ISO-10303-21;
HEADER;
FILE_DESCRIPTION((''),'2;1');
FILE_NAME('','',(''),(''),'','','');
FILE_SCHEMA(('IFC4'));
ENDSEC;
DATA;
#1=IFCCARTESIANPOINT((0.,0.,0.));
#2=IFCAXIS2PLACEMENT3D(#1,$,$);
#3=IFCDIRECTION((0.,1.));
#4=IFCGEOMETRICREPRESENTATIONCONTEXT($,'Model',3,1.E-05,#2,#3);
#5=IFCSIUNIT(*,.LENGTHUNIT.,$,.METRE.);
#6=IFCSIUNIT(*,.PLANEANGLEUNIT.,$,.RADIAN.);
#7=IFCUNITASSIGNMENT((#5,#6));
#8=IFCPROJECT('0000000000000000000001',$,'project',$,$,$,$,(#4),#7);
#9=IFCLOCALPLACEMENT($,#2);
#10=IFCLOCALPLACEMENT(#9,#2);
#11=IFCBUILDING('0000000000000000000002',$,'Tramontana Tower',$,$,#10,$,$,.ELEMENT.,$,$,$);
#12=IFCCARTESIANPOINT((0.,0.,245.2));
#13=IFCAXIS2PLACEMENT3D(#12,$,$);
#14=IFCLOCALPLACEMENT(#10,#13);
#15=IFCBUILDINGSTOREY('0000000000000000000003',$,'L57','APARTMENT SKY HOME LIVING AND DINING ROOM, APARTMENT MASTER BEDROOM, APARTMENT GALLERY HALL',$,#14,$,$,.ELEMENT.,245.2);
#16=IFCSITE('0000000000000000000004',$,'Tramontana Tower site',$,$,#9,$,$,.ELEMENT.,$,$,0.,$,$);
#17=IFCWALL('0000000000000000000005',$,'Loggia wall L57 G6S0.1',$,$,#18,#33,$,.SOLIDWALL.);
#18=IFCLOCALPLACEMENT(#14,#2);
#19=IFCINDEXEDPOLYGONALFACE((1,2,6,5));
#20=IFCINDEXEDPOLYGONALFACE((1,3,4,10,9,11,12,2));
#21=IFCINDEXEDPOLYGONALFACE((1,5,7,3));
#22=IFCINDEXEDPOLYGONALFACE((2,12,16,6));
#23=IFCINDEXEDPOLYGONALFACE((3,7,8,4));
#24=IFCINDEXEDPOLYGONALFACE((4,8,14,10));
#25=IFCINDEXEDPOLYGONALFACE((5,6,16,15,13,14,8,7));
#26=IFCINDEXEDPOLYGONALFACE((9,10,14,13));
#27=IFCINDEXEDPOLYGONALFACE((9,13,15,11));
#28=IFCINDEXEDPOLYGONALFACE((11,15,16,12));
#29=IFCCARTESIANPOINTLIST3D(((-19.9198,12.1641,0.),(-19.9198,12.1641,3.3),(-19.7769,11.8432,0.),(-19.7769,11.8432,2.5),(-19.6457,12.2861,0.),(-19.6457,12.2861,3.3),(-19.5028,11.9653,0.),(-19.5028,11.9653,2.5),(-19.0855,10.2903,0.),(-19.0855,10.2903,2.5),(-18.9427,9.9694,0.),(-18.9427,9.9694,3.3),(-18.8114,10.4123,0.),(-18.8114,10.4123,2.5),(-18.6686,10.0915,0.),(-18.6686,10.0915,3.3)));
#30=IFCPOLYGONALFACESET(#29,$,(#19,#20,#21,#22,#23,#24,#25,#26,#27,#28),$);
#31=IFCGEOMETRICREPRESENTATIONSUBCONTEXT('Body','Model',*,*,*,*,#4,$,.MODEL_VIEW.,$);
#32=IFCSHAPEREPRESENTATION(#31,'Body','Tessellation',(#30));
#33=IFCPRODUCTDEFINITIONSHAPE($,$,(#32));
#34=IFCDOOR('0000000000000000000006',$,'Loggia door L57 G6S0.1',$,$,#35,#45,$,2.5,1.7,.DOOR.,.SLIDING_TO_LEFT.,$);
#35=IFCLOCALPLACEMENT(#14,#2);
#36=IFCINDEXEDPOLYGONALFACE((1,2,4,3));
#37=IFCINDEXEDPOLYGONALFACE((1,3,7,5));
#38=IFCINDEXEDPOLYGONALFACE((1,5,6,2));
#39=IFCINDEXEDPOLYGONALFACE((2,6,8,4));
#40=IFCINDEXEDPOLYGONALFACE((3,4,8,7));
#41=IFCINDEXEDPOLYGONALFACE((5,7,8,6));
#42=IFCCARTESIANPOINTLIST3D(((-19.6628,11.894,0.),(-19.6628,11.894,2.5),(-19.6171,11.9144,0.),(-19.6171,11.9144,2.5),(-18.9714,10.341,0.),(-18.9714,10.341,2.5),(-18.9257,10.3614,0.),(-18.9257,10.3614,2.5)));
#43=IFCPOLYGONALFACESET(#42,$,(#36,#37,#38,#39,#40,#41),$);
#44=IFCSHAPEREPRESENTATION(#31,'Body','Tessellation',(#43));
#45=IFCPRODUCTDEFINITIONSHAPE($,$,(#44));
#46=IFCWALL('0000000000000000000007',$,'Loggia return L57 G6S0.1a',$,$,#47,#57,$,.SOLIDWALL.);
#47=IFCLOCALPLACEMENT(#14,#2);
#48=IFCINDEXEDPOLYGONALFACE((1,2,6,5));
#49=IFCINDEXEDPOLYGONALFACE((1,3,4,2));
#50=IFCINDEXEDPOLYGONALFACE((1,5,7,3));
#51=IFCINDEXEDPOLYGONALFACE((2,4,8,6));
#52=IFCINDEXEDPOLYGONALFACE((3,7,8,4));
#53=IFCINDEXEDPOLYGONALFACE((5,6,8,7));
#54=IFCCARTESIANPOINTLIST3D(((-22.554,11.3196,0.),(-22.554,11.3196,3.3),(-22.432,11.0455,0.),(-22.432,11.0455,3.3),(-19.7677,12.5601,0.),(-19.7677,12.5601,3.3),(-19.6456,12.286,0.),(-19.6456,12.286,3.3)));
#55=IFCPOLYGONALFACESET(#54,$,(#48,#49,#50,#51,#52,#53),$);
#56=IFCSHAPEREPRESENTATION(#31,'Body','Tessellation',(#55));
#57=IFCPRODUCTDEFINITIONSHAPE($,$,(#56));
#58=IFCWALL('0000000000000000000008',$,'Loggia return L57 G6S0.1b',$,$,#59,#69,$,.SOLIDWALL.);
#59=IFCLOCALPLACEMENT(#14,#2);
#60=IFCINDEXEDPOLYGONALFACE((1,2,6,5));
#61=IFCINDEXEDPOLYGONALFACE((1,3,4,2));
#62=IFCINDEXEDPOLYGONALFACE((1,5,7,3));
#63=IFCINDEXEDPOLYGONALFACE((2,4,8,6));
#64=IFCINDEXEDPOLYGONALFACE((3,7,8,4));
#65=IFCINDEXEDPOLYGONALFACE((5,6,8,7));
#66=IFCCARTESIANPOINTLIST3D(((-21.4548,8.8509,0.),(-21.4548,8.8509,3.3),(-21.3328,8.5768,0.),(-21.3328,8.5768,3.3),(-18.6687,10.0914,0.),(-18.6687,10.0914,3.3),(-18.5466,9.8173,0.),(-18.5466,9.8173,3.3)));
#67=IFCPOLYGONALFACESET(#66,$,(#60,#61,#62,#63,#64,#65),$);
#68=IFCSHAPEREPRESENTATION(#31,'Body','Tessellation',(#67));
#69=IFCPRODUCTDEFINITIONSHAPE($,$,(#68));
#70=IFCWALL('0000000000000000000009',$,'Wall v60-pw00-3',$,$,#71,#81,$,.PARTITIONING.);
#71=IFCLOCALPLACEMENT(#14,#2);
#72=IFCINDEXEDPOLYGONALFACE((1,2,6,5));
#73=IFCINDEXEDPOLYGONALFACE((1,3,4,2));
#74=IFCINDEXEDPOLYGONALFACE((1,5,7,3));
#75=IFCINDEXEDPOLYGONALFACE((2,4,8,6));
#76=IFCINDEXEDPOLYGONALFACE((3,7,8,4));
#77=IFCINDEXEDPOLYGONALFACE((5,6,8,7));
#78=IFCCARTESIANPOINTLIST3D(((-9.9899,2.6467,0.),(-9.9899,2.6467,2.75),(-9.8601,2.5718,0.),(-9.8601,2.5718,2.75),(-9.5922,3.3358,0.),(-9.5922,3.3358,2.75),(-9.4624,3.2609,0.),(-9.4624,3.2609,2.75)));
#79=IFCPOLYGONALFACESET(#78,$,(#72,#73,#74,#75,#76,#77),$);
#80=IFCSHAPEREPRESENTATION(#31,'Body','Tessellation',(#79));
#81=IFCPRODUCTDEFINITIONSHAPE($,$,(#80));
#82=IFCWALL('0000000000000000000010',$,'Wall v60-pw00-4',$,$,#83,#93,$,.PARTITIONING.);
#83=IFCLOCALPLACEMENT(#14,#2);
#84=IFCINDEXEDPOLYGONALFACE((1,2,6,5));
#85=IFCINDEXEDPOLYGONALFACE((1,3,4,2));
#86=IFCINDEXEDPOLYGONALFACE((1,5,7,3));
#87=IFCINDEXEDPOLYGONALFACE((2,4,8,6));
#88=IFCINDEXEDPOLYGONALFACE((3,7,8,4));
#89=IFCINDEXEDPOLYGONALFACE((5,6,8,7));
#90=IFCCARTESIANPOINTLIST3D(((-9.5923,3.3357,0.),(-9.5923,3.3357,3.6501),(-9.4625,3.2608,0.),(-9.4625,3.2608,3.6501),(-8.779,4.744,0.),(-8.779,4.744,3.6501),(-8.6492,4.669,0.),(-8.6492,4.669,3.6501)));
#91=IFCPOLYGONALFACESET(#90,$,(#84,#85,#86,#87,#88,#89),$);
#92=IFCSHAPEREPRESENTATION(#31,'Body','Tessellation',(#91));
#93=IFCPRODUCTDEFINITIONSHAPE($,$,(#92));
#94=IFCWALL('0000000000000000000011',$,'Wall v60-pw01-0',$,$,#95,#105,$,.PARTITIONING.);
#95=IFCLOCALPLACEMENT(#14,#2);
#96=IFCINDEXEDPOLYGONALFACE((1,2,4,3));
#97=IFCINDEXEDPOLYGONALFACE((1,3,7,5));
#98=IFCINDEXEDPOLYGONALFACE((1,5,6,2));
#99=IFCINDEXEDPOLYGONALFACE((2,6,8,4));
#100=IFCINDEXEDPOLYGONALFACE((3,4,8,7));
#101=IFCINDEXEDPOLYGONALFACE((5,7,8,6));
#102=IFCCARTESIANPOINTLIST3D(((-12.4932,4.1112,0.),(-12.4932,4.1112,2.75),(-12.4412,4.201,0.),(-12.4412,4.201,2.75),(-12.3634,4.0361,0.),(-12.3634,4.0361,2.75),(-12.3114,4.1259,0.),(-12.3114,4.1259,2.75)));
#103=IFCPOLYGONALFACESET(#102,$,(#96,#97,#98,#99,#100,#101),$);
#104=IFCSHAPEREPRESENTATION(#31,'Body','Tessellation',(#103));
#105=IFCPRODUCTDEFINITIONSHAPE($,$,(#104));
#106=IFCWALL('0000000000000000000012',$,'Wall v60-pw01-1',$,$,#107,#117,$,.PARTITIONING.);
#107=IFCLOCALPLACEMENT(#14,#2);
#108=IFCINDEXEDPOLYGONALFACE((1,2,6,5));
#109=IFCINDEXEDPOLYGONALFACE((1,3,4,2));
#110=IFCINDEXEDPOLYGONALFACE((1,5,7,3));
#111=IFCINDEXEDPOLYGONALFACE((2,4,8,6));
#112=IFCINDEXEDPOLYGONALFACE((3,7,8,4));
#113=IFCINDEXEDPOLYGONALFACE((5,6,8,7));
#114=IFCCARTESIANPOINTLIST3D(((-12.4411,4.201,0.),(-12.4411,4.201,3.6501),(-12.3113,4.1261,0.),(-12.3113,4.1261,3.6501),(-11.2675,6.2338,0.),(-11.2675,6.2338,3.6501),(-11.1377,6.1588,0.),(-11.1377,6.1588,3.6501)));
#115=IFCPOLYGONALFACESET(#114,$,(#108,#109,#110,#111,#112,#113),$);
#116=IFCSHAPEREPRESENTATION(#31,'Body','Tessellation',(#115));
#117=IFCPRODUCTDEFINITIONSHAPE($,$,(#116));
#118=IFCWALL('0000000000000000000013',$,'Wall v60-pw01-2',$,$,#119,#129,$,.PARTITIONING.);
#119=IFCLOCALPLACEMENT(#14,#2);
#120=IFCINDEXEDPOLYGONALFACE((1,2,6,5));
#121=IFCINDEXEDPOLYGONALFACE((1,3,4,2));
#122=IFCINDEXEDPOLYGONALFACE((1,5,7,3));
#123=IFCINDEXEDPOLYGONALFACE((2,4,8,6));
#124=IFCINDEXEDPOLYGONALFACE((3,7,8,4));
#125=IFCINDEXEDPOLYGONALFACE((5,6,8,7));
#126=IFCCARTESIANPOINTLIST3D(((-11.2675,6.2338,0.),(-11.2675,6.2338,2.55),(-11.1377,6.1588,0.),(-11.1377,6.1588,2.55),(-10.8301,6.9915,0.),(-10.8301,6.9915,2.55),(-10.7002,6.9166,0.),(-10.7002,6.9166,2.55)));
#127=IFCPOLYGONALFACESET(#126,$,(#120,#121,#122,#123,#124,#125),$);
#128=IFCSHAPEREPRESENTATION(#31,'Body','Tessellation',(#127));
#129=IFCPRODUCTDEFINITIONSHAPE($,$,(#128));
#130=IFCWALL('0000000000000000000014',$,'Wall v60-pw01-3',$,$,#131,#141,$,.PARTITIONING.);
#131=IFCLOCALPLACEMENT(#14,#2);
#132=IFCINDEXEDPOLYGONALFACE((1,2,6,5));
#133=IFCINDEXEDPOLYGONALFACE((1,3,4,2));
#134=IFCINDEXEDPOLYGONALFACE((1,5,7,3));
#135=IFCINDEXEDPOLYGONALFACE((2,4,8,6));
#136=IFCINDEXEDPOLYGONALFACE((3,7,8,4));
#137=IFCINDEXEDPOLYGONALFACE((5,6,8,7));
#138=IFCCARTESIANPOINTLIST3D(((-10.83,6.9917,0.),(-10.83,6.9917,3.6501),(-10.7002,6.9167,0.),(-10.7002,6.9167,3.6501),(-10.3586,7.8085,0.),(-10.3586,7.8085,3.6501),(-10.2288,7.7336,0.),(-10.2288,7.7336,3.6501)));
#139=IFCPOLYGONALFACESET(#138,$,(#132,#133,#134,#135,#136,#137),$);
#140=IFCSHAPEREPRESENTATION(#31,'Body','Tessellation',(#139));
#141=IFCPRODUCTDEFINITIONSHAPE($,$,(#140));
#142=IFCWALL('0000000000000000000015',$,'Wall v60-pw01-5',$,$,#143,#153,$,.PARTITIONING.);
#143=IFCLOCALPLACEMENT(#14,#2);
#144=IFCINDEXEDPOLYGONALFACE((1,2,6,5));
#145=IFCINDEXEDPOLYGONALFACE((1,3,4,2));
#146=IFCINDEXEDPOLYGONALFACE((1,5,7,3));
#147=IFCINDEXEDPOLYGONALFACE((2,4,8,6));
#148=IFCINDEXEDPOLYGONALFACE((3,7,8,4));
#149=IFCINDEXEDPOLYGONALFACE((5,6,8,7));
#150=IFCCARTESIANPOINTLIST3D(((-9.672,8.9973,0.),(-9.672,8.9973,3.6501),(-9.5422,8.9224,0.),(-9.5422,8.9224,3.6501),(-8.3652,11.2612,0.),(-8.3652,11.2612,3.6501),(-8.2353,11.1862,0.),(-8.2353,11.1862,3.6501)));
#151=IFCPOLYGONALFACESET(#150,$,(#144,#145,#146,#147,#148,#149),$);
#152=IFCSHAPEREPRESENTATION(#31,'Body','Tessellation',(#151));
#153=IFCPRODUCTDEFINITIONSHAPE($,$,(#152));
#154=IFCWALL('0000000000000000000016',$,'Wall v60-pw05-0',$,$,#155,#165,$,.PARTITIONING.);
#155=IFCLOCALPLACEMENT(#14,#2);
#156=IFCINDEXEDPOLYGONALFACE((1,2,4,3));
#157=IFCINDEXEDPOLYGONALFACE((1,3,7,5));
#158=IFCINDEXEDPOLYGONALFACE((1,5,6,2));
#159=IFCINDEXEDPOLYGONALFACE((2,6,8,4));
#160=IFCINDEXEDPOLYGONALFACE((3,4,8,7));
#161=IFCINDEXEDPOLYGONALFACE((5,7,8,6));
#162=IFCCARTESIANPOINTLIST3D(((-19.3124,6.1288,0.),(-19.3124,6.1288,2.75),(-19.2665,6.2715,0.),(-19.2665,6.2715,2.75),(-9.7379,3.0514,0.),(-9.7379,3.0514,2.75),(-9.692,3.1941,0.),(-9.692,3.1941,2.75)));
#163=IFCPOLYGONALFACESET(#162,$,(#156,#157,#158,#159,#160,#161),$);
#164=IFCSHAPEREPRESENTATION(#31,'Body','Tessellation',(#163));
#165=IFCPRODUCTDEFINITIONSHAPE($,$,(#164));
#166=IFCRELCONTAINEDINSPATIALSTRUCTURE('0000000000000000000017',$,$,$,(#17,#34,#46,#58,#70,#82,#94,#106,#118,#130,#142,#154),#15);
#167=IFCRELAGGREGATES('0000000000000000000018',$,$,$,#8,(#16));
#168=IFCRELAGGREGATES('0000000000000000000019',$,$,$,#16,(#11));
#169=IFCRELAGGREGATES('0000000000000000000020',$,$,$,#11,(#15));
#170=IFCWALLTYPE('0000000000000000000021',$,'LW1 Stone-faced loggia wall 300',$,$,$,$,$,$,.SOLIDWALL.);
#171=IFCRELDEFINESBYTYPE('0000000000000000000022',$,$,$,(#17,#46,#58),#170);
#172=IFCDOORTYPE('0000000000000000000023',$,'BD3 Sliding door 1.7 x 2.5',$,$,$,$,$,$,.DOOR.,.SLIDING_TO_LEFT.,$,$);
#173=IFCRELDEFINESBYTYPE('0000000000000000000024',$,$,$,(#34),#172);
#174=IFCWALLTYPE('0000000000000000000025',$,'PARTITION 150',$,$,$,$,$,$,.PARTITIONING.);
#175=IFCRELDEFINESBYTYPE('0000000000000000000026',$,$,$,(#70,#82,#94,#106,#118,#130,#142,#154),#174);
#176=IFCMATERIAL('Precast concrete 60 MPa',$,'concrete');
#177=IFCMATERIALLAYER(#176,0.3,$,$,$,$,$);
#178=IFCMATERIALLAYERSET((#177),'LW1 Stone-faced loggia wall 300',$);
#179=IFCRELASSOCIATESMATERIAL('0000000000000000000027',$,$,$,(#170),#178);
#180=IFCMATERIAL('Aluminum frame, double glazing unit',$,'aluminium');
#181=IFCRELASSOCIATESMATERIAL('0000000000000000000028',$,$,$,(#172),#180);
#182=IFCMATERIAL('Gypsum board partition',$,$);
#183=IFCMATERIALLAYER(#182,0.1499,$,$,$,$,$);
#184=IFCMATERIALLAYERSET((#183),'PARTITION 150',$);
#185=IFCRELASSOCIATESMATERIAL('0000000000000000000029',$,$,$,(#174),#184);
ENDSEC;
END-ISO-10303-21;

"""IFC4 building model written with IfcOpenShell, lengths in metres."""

from ifc_helpers import new_model, si_unit, direction, frame, frame_2d, origin, place, context, subcontext, project, spatial, rectangle, extrude, material, layer, layer_set, type_object, element, fill, save


model = new_model("IFC4")

# Units and contexts
model_context = context("Model", 3, precision=1e-05, world=origin(), true_north=direction((0.0, 1.0)))
body_context = subcontext(model_context, "Body", "Model", "MODEL_VIEW")
ifc_project = project(units=[si_unit("LENGTHUNIT", "METRE"), si_unit("PLANEANGLEUNIT", "RADIAN")], contexts=[model_context])

# Site, building, storey
site_placement = place(None, origin())
site = spatial("IfcSite", under=ifc_project, at=site_placement, Name="Tramontana Tower site", CompositionType="ELEMENT", RefElevation=0.0)
building_placement = place(site_placement, origin())
building = spatial("IfcBuilding", under=site, at=building_placement, Name="Tramontana Tower", CompositionType="ELEMENT")
storey_placement = place(building_placement, frame((0.0, 0.0, 245.2)))
storey = spatial("IfcBuildingStorey", under=building, at=storey_placement, Name="L57", Description="APARTMENT SKY HOME LIVING AND DINING ROOM, APARTMENT MASTER BEDROOM, APARTMENT GALLERY HALL", CompositionType="ELEMENT", Elevation=245.2)

# Wall, opening, door
ifc_material_1 = material(Name="Precast concrete 60 MPa", Category="concrete")
ifc_layer_1 = layer(ifc_material_1, 0.3)
ifc_layer_set_1 = layer_set([ifc_layer_1], Name="LW1 Stone-faced loggia wall 300")
wall_type_1 = type_object("IfcWallType", Name="LW1 Stone-faced loggia wall 300", PredefinedType="SOLIDWALL", material=ifc_layer_set_1)
wall_1_placement = place(storey_placement, frame((-19.7827, 12.2251, 0.0), z_axis=(0.0, 0.0, 1.0), x_axis=(0.406723, -0.913552, 0.0)))
wall_1 = element("IfcWall", 1, at=wall_1_placement, inside=storey, type_object=wall_type_1, Name="Loggia wall L57 G6S0.1", PredefinedType="SOLIDWALL", context=body_context, shape_type="SweptSolid", body=[
    extrude(rectangle(XDim=2.4023, YDim=0.3, at=frame_2d((1.2012, 0.0))), origin(), (0.0, 0.0, 1.0), 3.3),
])
opening_1_placement = place(wall_1_placement, frame((0.3511, 0.0, 0.0)))
opening_1 = element("IfcOpeningElement", 2, at=opening_1_placement, cuts=wall_1, PredefinedType="OPENING", context=body_context, shape_type="SweptSolid", body=[
    extrude(rectangle(XDim=1.7, YDim=2.5, at=frame_2d((0.8501, 1.25))), frame((0.0, 0.1599, 0.0), z_axis=(0.0, -1.0, 0.0), x_axis=(1.0, 0.0, 0.0)), (0.0, 0.0, 1.0), 0.3201),
])
ifc_material_2 = material(Name="Aluminum frame, double glazing unit", Category="aluminium")
door_type_1 = type_object("IfcDoorType", Name="BD3 Sliding door 1.7 x 2.5", OperationType="SLIDING_TO_LEFT", PredefinedType="DOOR", material=ifc_material_2)
door_1_placement = place(opening_1_placement, origin())
door_1 = element("IfcDoor", 3, at=door_1_placement, inside=storey, type_object=door_type_1, Name="Loggia door L57 G6S0.1", OperationType="SLIDING_TO_LEFT", OverallHeight=2.5, OverallWidth=1.7, PredefinedType="DOOR", context=body_context, shape_type="SweptSolid", body=[
    extrude(rectangle(XDim=1.7, YDim=2.5, at=frame_2d((0.8501, 1.25))), frame((0.0, 0.0249, 0.0), z_axis=(0.0, -1.0, 0.0), x_axis=(1.0, 0.0, 0.0)), (0.0, 0.0, 1.0), 0.05),
])
fill(opening_1, door_1)

# Walls
wall_2_placement = place(storey_placement, frame((-22.4929, 11.1826, 0.0), z_axis=(0.0, 0.0, 1.0), x_axis=(0.913557, 0.40671, 0.0)))
element("IfcWall", 4, at=wall_2_placement, inside=storey, type_object=wall_type_1, Name="Loggia return L57 G6S0.1a", PredefinedType="SOLIDWALL", context=body_context, shape_type="SweptSolid", body=[
    extrude(rectangle(XDim=3.05, YDim=0.3, at=frame_2d((1.5249, 0.0))), origin(), (0.0, 0.0, 1.0), 3.3),
])
wall_3_placement = place(storey_placement, frame((-21.3938, 8.7139, 0.0), z_axis=(0.0, 0.0, 1.0), x_axis=(0.913544, 0.40674, 0.0)))
element("IfcWall", 5, at=wall_3_placement, inside=storey, type_object=wall_type_1, Name="Loggia return L57 G6S0.1b", PredefinedType="SOLIDWALL", context=body_context, shape_type="SweptSolid", body=[
    extrude(rectangle(XDim=3.0498, YDim=0.3, at=frame_2d((1.5249, 0.0))), origin(), (0.0, 0.0, 1.0), 3.3),
])
ifc_material_3 = material(Name="Gypsum board partition")
ifc_layer_2 = layer(ifc_material_3, 0.1499)
ifc_layer_set_2 = layer_set([ifc_layer_2], Name="PARTITION 150")
wall_type_2 = type_object("IfcWallType", Name="PARTITION 150", PredefinedType="PARTITIONING", material=ifc_layer_set_2)
wall_4_placement = place(storey_placement, frame((-9.925, 2.6091, 0.0), z_axis=(0.0, 0.0, 1.0), x_axis=(0.499802, 0.86614, 0.0)))
element("IfcWall", 6, at=wall_4_placement, inside=storey, type_object=wall_type_2, Name="Wall v60-pw00-3", PredefinedType="PARTITIONING", context=body_context, shape_type="SweptSolid", body=[
    extrude(rectangle(XDim=0.7957, YDim=0.1499, at=frame_2d((0.3979, 0.0))), origin(), (0.0, 0.0, 1.0), 2.75),
])
wall_5_placement = place(storey_placement, frame((-9.5273, 3.2983, 0.0), z_axis=(0.0, 0.0, 1.0), x_axis=(0.500095, 0.865971, 0.0)))
element("IfcWall", 7, at=wall_5_placement, inside=storey, type_object=wall_type_2, Name="Wall v60-pw00-4", PredefinedType="PARTITIONING", context=body_context, shape_type="SweptSolid", body=[
    extrude(rectangle(XDim=1.6262, YDim=0.1499, at=frame_2d((0.813, 0.0))), origin(), (0.0, 0.0, 1.0), 3.6501),
])
wall_6_placement = place(storey_placement, frame((-12.4282, 4.0737, 0.0), z_axis=(0.0, 0.0, 1.0), x_axis=(0.500944, 0.86548, 0.0)))
element("IfcWall", 8, at=wall_6_placement, inside=storey, type_object=wall_type_2, Name="Wall v60-pw01-0", PredefinedType="PARTITIONING", context=body_context, shape_type="SweptSolid", body=[
    extrude(rectangle(XDim=0.1038, YDim=0.1499, at=frame_2d((0.0518, 0.0))), origin(), (0.0, 0.0, 1.0), 2.75),
])
wall_7_placement = place(storey_placement, frame((-12.3762, 4.1636, 0.0), z_axis=(0.0, 0.0, 1.0), x_axis=(0.499999, 0.866026, 0.0)))
element("IfcWall", 9, at=wall_7_placement, inside=storey, type_object=wall_type_2, Name="Wall v60-pw01-1", PredefinedType="PARTITIONING", context=body_context, shape_type="SweptSolid", body=[
    extrude(rectangle(XDim=2.3472, YDim=0.1499, at=frame_2d((1.1736, 0.0))), origin(), (0.0, 0.0, 1.0), 3.6501),
])
wall_8_placement = place(storey_placement, frame((-11.2026, 6.1963, 0.0), z_axis=(0.0, 0.0, 1.0), x_axis=(0.49998, 0.866037, 0.0)))
element("IfcWall", 10, at=wall_8_placement, inside=storey, type_object=wall_type_2, Name="Wall v60-pw01-2", PredefinedType="PARTITIONING", context=body_context, shape_type="SweptSolid", body=[
    extrude(rectangle(XDim=0.875, YDim=0.1499, at=frame_2d((0.4375, 0.0))), origin(), (0.0, 0.0, 1.0), 2.55),
])
wall_9_placement = place(storey_placement, frame((-10.7651, 6.9541, 0.0), z_axis=(0.0, 0.0, 1.0), x_axis=(0.499842, 0.866117, 0.0)))
element("IfcWall", 11, at=wall_9_placement, inside=storey, type_object=wall_type_2, Name="Wall v60-pw01-3", PredefinedType="PARTITIONING", context=body_context, shape_type="SweptSolid", body=[
    extrude(rectangle(XDim=0.9431, YDim=0.1499, at=frame_2d((0.4717, 0.0))), origin(), (0.0, 0.0, 1.0), 3.6501),
])

# Walls
wall_10_placement = place(storey_placement, frame((-9.6072, 8.9597, 0.0), z_axis=(0.0, 0.0, 1.0), x_axis=(0.499946, 0.866057, 0.0)))
element("IfcWall", 12, at=wall_10_placement, inside=storey, type_object=wall_type_2, Name="Wall v60-pw01-5", PredefinedType="PARTITIONING", context=body_context, shape_type="SweptSolid", body=[
    extrude(rectangle(XDim=2.614, YDim=0.1499, at=frame_2d((1.3071, 0.0))), origin(), (0.0, 0.0, 1.0), 3.6501),
])
wall_11_placement = place(storey_placement, frame((-9.7151, 3.1228, 0.0), z_axis=(0.0, 0.0, 1.0), x_axis=(-0.952032, 0.305999, 0.0)))
element("IfcWall", 13, at=wall_11_placement, inside=storey, type_object=wall_type_2, Name="Wall v60-pw05-0", PredefinedType="PARTITIONING", context=body_context, shape_type="SweptSolid", body=[
    extrude(rectangle(XDim=10.0569, YDim=0.1499, at=frame_2d((5.0283, 0.0))), origin(), (0.0, 0.0, 1.0), 2.75),
])

save(model, "model.ifc")
